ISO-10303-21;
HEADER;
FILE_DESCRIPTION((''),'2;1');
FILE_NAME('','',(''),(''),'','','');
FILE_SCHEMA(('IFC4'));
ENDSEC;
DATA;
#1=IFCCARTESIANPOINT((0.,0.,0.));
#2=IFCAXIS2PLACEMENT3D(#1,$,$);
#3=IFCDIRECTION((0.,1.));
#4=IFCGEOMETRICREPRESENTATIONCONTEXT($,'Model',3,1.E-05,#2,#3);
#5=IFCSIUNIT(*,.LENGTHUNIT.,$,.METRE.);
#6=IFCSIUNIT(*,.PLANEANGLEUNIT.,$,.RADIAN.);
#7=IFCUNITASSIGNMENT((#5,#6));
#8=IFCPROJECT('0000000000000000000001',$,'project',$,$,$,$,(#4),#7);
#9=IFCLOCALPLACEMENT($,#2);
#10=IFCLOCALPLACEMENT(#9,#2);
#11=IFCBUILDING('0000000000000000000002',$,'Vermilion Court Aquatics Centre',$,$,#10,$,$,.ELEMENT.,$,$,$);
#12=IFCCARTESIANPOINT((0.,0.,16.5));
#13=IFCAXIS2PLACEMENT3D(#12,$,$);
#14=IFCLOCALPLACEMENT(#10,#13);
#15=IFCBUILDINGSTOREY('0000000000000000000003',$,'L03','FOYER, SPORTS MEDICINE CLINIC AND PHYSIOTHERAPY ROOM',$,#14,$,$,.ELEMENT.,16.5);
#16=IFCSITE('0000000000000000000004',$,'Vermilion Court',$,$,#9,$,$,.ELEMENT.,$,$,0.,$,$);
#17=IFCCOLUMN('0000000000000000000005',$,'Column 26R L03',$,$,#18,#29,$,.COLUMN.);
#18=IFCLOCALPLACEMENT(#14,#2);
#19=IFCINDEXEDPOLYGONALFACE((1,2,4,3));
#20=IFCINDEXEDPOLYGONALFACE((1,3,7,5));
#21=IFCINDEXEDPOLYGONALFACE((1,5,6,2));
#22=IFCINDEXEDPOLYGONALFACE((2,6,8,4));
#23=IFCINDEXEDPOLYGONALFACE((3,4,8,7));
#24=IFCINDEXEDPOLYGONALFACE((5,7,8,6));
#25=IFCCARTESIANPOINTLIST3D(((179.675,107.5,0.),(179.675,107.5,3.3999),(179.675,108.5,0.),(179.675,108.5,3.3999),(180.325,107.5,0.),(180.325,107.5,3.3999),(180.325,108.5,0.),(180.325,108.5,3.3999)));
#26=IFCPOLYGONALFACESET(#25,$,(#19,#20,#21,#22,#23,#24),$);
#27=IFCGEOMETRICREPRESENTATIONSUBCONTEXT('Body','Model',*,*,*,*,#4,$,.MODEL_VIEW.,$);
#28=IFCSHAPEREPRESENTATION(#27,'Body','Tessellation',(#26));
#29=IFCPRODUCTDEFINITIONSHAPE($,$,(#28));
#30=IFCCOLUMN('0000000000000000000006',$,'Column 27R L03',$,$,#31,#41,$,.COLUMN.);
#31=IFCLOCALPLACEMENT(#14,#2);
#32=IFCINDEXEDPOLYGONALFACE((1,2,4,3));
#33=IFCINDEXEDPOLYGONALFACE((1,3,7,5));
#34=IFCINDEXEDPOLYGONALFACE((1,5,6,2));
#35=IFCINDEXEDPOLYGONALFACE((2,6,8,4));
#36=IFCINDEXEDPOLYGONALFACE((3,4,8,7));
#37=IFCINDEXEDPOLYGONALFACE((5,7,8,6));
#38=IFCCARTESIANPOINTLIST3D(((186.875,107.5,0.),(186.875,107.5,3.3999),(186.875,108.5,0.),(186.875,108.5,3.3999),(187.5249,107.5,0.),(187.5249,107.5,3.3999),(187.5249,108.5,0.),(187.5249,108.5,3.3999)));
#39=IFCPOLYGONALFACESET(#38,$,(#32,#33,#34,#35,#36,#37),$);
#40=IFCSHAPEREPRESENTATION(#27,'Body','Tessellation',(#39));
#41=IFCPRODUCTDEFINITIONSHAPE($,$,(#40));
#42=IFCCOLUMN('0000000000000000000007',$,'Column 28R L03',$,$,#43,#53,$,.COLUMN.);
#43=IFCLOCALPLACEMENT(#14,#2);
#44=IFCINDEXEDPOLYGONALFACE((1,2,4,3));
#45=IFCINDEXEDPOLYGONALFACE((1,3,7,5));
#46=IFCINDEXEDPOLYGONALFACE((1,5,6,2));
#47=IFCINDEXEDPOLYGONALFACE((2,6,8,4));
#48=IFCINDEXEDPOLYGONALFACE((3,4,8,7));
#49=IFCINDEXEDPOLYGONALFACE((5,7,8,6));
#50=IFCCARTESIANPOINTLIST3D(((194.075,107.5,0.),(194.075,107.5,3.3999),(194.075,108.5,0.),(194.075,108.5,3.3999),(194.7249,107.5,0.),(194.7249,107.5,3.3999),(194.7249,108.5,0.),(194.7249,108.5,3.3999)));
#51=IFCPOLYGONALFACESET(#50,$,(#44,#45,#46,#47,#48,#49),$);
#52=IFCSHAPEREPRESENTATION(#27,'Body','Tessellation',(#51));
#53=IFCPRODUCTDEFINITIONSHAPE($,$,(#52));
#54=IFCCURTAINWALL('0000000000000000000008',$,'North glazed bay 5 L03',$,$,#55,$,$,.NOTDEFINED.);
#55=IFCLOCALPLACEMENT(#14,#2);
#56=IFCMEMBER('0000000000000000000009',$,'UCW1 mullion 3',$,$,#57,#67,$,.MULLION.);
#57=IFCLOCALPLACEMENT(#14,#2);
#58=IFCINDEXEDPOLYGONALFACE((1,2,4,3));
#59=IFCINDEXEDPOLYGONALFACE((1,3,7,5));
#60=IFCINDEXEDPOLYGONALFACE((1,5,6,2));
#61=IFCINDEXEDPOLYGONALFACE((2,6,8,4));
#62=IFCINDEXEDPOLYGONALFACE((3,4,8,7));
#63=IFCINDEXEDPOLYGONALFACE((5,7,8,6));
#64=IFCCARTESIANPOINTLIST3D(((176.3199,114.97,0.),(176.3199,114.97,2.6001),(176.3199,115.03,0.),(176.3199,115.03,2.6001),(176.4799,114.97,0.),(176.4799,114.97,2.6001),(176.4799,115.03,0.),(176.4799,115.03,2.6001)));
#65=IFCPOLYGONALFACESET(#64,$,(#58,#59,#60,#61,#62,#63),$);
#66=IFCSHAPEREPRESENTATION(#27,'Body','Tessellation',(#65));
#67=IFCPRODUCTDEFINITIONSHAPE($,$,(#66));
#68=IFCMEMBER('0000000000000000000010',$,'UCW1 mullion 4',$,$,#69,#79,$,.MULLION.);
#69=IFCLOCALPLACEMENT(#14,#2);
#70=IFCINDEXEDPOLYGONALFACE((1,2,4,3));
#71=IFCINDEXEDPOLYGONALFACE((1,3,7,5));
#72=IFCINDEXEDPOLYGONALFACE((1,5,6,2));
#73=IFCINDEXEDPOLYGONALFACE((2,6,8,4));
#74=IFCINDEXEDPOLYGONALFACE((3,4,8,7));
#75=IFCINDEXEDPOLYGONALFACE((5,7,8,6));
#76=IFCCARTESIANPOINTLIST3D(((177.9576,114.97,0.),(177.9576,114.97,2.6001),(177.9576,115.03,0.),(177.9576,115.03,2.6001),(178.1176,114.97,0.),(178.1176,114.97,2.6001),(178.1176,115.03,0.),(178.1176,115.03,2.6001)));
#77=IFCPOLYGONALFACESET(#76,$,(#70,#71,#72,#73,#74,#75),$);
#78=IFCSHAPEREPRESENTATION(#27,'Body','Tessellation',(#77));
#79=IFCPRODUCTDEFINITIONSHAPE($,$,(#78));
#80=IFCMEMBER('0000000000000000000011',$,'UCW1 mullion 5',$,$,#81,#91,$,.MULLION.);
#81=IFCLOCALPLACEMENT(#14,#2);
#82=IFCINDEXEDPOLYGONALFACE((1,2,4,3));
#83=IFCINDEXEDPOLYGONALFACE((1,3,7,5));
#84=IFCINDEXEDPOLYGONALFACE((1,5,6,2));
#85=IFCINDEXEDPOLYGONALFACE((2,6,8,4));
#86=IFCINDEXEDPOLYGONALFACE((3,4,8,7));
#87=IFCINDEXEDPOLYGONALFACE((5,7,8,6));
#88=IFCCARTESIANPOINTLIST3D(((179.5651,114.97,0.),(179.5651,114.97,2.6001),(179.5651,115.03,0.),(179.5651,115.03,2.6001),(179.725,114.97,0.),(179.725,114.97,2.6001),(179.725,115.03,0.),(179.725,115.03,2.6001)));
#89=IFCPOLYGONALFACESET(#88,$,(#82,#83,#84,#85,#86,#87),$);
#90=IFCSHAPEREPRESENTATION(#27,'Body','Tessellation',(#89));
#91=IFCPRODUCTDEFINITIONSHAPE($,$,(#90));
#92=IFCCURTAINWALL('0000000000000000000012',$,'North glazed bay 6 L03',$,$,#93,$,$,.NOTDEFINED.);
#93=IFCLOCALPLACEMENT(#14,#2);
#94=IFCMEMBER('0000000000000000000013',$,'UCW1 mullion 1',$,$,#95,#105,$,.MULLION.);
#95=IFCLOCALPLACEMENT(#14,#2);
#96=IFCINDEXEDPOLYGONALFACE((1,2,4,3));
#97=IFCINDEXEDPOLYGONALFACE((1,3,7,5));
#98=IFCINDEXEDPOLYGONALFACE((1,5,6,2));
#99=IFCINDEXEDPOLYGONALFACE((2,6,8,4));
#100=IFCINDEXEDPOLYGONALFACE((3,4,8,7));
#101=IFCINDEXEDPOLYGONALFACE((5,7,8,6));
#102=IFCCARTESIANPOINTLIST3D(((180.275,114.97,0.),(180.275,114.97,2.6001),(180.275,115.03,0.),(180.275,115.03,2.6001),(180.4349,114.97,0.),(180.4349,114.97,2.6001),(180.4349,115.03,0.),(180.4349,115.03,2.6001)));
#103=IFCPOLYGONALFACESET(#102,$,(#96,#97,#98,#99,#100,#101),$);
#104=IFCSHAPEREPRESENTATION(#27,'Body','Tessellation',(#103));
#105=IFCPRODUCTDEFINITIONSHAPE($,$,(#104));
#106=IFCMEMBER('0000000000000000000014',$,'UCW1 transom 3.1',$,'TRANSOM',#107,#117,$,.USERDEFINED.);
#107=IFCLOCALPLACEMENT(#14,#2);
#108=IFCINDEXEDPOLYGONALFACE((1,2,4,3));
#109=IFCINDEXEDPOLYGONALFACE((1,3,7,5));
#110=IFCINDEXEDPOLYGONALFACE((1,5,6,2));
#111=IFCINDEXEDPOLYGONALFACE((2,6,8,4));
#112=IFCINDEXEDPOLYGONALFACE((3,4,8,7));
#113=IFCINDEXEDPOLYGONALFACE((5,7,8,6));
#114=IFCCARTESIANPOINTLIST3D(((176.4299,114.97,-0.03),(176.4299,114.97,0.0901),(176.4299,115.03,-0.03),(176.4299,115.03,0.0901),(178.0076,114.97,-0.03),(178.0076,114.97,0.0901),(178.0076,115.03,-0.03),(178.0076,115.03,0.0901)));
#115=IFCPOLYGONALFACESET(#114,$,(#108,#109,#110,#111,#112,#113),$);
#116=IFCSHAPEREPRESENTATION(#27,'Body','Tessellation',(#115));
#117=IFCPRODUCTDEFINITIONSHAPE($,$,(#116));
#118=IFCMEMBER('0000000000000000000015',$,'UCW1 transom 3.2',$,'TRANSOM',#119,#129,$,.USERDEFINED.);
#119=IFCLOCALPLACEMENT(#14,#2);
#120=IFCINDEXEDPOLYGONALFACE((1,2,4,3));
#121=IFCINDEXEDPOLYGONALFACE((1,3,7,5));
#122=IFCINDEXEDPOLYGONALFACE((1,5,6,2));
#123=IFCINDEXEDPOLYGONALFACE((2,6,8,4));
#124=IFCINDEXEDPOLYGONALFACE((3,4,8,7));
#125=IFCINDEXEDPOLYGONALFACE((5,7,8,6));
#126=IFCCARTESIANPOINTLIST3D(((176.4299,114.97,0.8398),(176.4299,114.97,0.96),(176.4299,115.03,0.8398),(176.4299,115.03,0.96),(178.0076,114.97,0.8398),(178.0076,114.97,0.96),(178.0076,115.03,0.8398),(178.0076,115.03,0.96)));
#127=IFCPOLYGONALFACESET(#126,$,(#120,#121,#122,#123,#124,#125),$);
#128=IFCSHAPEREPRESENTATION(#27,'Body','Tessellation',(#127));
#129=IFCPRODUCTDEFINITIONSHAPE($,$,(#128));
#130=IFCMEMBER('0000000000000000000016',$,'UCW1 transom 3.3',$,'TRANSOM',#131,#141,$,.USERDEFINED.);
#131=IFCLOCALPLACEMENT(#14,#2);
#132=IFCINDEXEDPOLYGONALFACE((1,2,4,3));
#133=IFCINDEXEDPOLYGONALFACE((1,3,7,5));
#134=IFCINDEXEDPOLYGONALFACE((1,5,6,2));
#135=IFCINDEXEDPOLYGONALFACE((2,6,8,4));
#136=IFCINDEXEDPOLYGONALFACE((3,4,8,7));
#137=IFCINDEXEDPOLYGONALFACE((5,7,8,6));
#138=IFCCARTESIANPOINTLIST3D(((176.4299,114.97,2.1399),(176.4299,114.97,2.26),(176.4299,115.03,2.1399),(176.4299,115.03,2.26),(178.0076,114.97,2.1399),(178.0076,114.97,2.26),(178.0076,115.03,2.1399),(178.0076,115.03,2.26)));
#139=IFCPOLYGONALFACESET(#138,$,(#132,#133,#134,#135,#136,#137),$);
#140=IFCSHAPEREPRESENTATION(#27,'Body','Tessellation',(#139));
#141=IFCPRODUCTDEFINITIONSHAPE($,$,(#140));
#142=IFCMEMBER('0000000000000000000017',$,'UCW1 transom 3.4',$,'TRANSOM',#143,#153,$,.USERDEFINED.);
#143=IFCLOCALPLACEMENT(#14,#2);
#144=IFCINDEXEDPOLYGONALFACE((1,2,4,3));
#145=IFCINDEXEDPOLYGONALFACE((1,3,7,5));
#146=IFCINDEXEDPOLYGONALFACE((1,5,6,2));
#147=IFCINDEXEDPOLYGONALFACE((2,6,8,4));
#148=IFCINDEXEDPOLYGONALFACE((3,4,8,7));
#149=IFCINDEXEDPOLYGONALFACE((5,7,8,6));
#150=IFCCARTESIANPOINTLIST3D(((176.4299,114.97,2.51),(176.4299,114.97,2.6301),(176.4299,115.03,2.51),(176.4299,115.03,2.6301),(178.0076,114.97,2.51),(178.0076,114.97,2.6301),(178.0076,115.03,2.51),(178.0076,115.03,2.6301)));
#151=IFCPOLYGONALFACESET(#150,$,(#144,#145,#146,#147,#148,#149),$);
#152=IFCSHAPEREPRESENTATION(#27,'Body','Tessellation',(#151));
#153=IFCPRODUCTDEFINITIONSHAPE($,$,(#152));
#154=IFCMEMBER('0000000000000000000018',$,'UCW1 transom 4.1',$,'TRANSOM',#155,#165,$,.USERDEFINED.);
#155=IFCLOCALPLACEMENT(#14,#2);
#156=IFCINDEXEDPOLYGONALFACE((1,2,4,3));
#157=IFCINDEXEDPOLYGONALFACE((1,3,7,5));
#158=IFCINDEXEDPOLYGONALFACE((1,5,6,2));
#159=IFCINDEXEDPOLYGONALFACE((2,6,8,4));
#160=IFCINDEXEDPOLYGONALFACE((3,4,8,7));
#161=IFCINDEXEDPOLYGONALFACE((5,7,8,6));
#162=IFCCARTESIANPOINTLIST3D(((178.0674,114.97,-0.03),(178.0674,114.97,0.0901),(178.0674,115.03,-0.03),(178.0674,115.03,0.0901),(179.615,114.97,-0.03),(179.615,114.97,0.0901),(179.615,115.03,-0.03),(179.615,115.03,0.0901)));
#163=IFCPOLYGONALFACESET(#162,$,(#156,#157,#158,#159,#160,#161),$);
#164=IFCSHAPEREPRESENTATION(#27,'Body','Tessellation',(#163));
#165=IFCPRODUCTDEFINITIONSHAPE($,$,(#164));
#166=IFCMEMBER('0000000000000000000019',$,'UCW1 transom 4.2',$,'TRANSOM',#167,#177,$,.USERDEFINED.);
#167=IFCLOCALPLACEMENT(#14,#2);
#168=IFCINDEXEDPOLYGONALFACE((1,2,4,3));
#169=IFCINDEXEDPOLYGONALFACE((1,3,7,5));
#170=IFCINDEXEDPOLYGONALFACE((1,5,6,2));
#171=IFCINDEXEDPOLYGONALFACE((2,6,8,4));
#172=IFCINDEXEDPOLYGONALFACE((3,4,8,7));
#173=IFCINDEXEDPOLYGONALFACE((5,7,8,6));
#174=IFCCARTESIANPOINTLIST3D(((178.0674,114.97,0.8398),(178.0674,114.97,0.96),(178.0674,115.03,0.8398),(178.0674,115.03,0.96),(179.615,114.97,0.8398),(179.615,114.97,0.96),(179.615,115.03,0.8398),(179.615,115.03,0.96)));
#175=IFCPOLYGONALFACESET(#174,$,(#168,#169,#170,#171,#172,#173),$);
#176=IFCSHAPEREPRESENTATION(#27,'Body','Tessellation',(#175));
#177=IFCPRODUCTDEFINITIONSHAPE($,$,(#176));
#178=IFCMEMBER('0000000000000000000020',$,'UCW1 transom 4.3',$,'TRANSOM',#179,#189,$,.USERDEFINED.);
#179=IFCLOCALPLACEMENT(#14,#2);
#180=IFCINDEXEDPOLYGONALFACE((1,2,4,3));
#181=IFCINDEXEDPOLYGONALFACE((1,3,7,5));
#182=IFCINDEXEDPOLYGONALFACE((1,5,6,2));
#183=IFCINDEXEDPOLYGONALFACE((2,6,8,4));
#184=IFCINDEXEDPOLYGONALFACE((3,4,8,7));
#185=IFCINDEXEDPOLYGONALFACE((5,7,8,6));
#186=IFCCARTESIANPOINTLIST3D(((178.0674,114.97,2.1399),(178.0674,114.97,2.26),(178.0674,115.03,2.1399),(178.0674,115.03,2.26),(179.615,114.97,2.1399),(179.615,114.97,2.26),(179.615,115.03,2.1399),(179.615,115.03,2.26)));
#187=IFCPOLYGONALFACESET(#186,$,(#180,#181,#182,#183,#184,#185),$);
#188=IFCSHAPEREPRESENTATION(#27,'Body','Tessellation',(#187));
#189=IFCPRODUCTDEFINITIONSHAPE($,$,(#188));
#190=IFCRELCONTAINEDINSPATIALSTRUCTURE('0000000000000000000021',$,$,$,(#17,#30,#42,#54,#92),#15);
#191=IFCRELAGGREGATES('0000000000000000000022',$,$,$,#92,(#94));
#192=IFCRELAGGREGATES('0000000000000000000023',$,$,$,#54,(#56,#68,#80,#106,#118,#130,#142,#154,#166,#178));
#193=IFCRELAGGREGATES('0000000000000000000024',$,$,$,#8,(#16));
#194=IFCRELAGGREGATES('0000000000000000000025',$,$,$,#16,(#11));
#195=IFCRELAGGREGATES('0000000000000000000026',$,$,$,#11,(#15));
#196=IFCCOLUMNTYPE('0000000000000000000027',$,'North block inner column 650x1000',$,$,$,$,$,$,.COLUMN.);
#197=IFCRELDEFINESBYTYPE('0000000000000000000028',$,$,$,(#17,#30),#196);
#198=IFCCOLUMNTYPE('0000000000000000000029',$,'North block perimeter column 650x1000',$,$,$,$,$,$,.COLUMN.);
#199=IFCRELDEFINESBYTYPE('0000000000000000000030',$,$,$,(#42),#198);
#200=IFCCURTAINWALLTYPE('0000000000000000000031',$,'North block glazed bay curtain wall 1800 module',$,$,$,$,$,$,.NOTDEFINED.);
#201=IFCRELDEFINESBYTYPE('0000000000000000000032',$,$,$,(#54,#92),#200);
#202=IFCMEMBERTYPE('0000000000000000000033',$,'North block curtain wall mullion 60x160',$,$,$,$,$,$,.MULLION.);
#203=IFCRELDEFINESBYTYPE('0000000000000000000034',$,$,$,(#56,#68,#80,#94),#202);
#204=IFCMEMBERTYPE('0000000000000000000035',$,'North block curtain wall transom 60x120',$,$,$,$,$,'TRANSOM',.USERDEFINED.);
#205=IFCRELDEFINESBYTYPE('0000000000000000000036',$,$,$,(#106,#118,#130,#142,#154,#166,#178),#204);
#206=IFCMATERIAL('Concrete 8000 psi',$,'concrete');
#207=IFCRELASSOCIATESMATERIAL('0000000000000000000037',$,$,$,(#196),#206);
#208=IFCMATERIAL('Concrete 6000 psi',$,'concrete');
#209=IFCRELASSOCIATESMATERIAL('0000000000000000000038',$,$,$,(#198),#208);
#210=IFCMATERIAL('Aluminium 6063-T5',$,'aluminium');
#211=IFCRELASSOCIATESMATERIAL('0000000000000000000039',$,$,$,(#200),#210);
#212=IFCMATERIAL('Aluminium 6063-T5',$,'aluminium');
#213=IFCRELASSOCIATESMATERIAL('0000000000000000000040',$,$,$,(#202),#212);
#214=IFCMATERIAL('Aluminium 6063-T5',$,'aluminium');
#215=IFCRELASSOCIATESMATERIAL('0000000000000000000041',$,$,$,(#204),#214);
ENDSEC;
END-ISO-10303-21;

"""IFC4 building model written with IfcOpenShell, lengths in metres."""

from ifc_helpers import new_model, si_unit, direction, frame, origin, origin_2d, place, context, subcontext, project, spatial, rectangle, extrude, material, material_profile, profile_set, type_object, element, aggregate, save


model = new_model("IFC4")

# Units and contexts
model_context = context("Model", 3, precision=1e-05, world=origin(), true_north=direction((0.0, 1.0)))
body_context = subcontext(model_context, "Body", "Model", "MODEL_VIEW")
ifc_project = project(units=[si_unit("LENGTHUNIT", "METRE"), si_unit("PLANEANGLEUNIT", "RADIAN")], contexts=[model_context])

# Site, building, storey
site_placement = place(None, origin())
site = spatial("IfcSite", under=ifc_project, at=site_placement, Name="Vermilion Court", CompositionType="ELEMENT", RefElevation=0.0)
building_placement = place(site_placement, origin())
building = spatial("IfcBuilding", under=site, at=building_placement, Name="Vermilion Court Aquatics Centre", CompositionType="ELEMENT")
storey_placement = place(building_placement, frame((0.0, 0.0, 16.5)))
storey = spatial("IfcBuildingStorey", under=building, at=storey_placement, Name="L03", Description="FOYER, SPORTS MEDICINE CLINIC AND PHYSIOTHERAPY ROOM", CompositionType="ELEMENT", Elevation=16.5)

# Columns
ifc_material_1 = material(Name="Concrete 8000 psi", Category="concrete")
ifc_material_profile_1 = material_profile(ifc_material_1, rectangle(XDim=0.6499, YDim=1.0, at=origin_2d()), Name="RC 650x1000")
ifc_profile_set_1 = profile_set([ifc_material_profile_1], Name="Concrete 8000 psi")
column_type_1 = type_object("IfcColumnType", Name="North block inner column 650x1000", PredefinedType="COLUMN", material=ifc_profile_set_1)
for number, where, z_axis, x_axis, name in (
    (1, (180.0, 108.0, 0.0), (0.0, 0.0, 1.0), (1.0, 0.0, 0.0), "Column 26R L03"),
    (2, (187.2, 108.0, 0.0), (0.0, 0.0, 1.0), (1.0, 0.0, 0.0), "Column 27R L03"),
):
    element("IfcColumn", number, at=place(storey_placement, frame(where, z_axis=z_axis, x_axis=x_axis)), inside=storey, type_object=column_type_1, Name=name, PredefinedType="COLUMN", context=body_context, shape_type="SweptSolid", body=[
        extrude(rectangle(XDim=0.6499, YDim=1.0, at=origin_2d()), origin(), (0.0, 0.0, 1.0), 3.3999),
    ])
ifc_material_2 = material(Name="Concrete 6000 psi", Category="concrete")
ifc_material_profile_2 = material_profile(ifc_material_2, rectangle(XDim=0.6499, YDim=1.0, at=origin_2d()), Name="RC 650x1000")
ifc_profile_set_2 = profile_set([ifc_material_profile_2], Name="Concrete 6000 psi")
column_type_2 = type_object("IfcColumnType", Name="North block perimeter column 650x1000", PredefinedType="COLUMN", material=ifc_profile_set_2)
column_placement = place(storey_placement, frame((194.3999, 108.0, 0.0), z_axis=(0.0, 0.0, 1.0), x_axis=(1.0, 0.0, 0.0)))
element("IfcColumn", 3, at=column_placement, inside=storey, type_object=column_type_2, Name="Column 28R L03", PredefinedType="COLUMN", context=body_context, shape_type="SweptSolid", body=[
    extrude(rectangle(XDim=0.6499, YDim=1.0, at=origin_2d()), origin(), (0.0, 0.0, 1.0), 3.3999),
])

# Curtain wall, members
ifc_material_3 = material(Name="Aluminium 6063-T5", Category="aluminium")
curtain_wall_type = type_object("IfcCurtainWallType", Name="North block glazed bay curtain wall 1800 module", PredefinedType="NOTDEFINED", material=ifc_material_3)
curtain_wall_1_placement = place(storey_placement, origin())
curtain_wall_1 = element("IfcCurtainWall", 4, at=curtain_wall_1_placement, inside=storey, type_object=curtain_wall_type, Name="North glazed bay 5 L03", PredefinedType="NOTDEFINED")
ifc_material_4 = material(Name="Aluminium 6063-T5", Category="aluminium")
ifc_material_profile_3 = material_profile(ifc_material_4, rectangle(XDim=0.0601, YDim=0.1599, at=origin_2d()), Name="AL 60x160")
ifc_profile_set_3 = profile_set([ifc_material_profile_3], Name="Aluminium 6063-T5")
member_type_1 = type_object("IfcMemberType", Name="North block curtain wall mullion 60x160", PredefinedType="MULLION", material=ifc_profile_set_3)
member_1_placement = place(storey_placement, frame((176.3999, 115.0, 0.0), z_axis=(0.0, 0.0, 1.0), x_axis=(0.0, 1.0, 0.0)))
member_1 = element("IfcMember", 5, at=member_1_placement, type_object=member_type_1, Name="UCW1 mullion 3", PredefinedType="MULLION", context=body_context, shape_type="SweptSolid", body=[
    extrude(rectangle(XDim=0.0601, YDim=0.1599, at=origin_2d()), origin(), (0.0, 0.0, 1.0), 2.6001),
])
member_2_placement = place(storey_placement, frame((178.0376, 115.0, 0.0), z_axis=(0.0, 0.0, 1.0), x_axis=(0.0, 1.0, 0.0)))
member_2 = element("IfcMember", 6, at=member_2_placement, type_object=member_type_1, Name="UCW1 mullion 4", PredefinedType="MULLION", context=body_context, shape_type="SweptSolid", body=[
    extrude(rectangle(XDim=0.0601, YDim=0.1599, at=origin_2d()), origin(), (0.0, 0.0, 1.0), 2.6001),
])
member_3_placement = place(storey_placement, frame((179.645, 115.0, 0.0), z_axis=(0.0, 0.0, 1.0), x_axis=(0.0, 1.0, 0.0)))
member_3 = element("IfcMember", 7, at=member_3_placement, type_object=member_type_1, Name="UCW1 mullion 5", PredefinedType="MULLION", context=body_context, shape_type="SweptSolid", body=[
    extrude(rectangle(XDim=0.0601, YDim=0.1599, at=origin_2d()), origin(), (0.0, 0.0, 1.0), 2.6001),
])

# Curtain wall, member
curtain_wall_2_placement = place(storey_placement, origin())
curtain_wall_2 = element("IfcCurtainWall", 8, at=curtain_wall_2_placement, inside=storey, type_object=curtain_wall_type, Name="North glazed bay 6 L03", PredefinedType="NOTDEFINED")
member_4_placement = place(storey_placement, frame((180.355, 115.0, 0.0), z_axis=(0.0, 0.0, 1.0), x_axis=(0.0, 1.0, 0.0)))
member_4 = element("IfcMember", 9, at=member_4_placement, type_object=member_type_1, Name="UCW1 mullion 1", PredefinedType="MULLION", context=body_context, shape_type="SweptSolid", body=[
    extrude(rectangle(XDim=0.0601, YDim=0.1599, at=origin_2d()), origin(), (0.0, 0.0, 1.0), 2.6001),
])

# Members
ifc_material_5 = material(Name="Aluminium 6063-T5", Category="aluminium")
ifc_material_profile_4 = material_profile(ifc_material_5, rectangle(XDim=0.0601, YDim=0.1201, at=origin_2d()), Name="AL 60x120")
ifc_profile_set_4 = profile_set([ifc_material_profile_4], Name="Aluminium 6063-T5")
member_type_2 = type_object("IfcMemberType", Name="North block curtain wall transom 60x120", ElementType="TRANSOM", PredefinedType="USERDEFINED", material=ifc_profile_set_4)
member_5_placement = place(storey_placement, frame((176.4299, 115.0, 0.03), z_axis=(1.0, 0.0, 0.0), x_axis=(0.0, 1.0, 0.0)))
member_5 = element("IfcMember", 10, at=member_5_placement, type_object=member_type_2, Name="UCW1 transom 3.1", ObjectType="TRANSOM", PredefinedType="USERDEFINED", context=body_context, shape_type="SweptSolid", body=[
    extrude(rectangle(XDim=0.0601, YDim=0.1201, at=origin_2d()), origin(), (0.0, 0.0, 1.0), 1.5776),
])
member_6_placement = place(storey_placement, frame((176.4299, 115.0, 0.8999), z_axis=(1.0, 0.0, 0.0), x_axis=(0.0, 1.0, 0.0)))
member_6 = element("IfcMember", 11, at=member_6_placement, type_object=member_type_2, Name="UCW1 transom 3.2", ObjectType="TRANSOM", PredefinedType="USERDEFINED", context=body_context, shape_type="SweptSolid", body=[
    extrude(rectangle(XDim=0.0601, YDim=0.1201, at=origin_2d()), origin(), (0.0, 0.0, 1.0), 1.5776),
])
member_7_placement = place(storey_placement, frame((176.4299, 115.0, 2.2), z_axis=(1.0, 0.0, 0.0), x_axis=(0.0, 1.0, 0.0)))
member_7 = element("IfcMember", 12, at=member_7_placement, type_object=member_type_2, Name="UCW1 transom 3.3", ObjectType="TRANSOM", PredefinedType="USERDEFINED", context=body_context, shape_type="SweptSolid", body=[
    extrude(rectangle(XDim=0.0601, YDim=0.1201, at=origin_2d()), origin(), (0.0, 0.0, 1.0), 1.5776),
])
member_8_placement = place(storey_placement, frame((176.4299, 115.0, 2.5701), z_axis=(1.0, 0.0, 0.0), x_axis=(0.0, 1.0, 0.0)))
member_8 = element("IfcMember", 13, at=member_8_placement, type_object=member_type_2, Name="UCW1 transom 3.4", ObjectType="TRANSOM", PredefinedType="USERDEFINED", context=body_context, shape_type="SweptSolid", body=[
    extrude(rectangle(XDim=0.0601, YDim=0.1201, at=origin_2d()), origin(), (0.0, 0.0, 1.0), 1.5776),
])
member_9_placement = place(storey_placement, frame((178.0674, 115.0, 0.03), z_axis=(1.0, 0.0, 0.0), x_axis=(0.0, 1.0, 0.0)))
member_9 = element("IfcMember", 14, at=member_9_placement, type_object=member_type_2, Name="UCW1 transom 4.1", ObjectType="TRANSOM", PredefinedType="USERDEFINED", context=body_context, shape_type="SweptSolid", body=[
    extrude(rectangle(XDim=0.0601, YDim=0.1201, at=origin_2d()), origin(), (0.0, 0.0, 1.0), 1.5476),
])
member_10_placement = place(storey_placement, frame((178.0674, 115.0, 0.8999), z_axis=(1.0, 0.0, 0.0), x_axis=(0.0, 1.0, 0.0)))
member_10 = element("IfcMember", 15, at=member_10_placement, type_object=member_type_2, Name="UCW1 transom 4.2", ObjectType="TRANSOM", PredefinedType="USERDEFINED", context=body_context, shape_type="SweptSolid", body=[
    extrude(rectangle(XDim=0.0601, YDim=0.1201, at=origin_2d()), origin(), (0.0, 0.0, 1.0), 1.5476),
])
member_11_placement = place(storey_placement, frame((178.0674, 115.0, 2.2), z_axis=(1.0, 0.0, 0.0), x_axis=(0.0, 1.0, 0.0)))
member_11 = element("IfcMember", 16, at=member_11_placement, type_object=member_type_2, Name="UCW1 transom 4.3", ObjectType="TRANSOM", PredefinedType="USERDEFINED", context=body_context, shape_type="SweptSolid", body=[
    extrude(rectangle(XDim=0.0601, YDim=0.1201, at=origin_2d()), origin(), (0.0, 0.0, 1.0), 1.5476),
])
aggregate(curtain_wall_2, [member_4])

aggregate(curtain_wall_1, [member_1, member_2, member_3, member_5, member_6, member_7, member_8, member_9, member_10, member_11])

save(model, "model.ifc")
